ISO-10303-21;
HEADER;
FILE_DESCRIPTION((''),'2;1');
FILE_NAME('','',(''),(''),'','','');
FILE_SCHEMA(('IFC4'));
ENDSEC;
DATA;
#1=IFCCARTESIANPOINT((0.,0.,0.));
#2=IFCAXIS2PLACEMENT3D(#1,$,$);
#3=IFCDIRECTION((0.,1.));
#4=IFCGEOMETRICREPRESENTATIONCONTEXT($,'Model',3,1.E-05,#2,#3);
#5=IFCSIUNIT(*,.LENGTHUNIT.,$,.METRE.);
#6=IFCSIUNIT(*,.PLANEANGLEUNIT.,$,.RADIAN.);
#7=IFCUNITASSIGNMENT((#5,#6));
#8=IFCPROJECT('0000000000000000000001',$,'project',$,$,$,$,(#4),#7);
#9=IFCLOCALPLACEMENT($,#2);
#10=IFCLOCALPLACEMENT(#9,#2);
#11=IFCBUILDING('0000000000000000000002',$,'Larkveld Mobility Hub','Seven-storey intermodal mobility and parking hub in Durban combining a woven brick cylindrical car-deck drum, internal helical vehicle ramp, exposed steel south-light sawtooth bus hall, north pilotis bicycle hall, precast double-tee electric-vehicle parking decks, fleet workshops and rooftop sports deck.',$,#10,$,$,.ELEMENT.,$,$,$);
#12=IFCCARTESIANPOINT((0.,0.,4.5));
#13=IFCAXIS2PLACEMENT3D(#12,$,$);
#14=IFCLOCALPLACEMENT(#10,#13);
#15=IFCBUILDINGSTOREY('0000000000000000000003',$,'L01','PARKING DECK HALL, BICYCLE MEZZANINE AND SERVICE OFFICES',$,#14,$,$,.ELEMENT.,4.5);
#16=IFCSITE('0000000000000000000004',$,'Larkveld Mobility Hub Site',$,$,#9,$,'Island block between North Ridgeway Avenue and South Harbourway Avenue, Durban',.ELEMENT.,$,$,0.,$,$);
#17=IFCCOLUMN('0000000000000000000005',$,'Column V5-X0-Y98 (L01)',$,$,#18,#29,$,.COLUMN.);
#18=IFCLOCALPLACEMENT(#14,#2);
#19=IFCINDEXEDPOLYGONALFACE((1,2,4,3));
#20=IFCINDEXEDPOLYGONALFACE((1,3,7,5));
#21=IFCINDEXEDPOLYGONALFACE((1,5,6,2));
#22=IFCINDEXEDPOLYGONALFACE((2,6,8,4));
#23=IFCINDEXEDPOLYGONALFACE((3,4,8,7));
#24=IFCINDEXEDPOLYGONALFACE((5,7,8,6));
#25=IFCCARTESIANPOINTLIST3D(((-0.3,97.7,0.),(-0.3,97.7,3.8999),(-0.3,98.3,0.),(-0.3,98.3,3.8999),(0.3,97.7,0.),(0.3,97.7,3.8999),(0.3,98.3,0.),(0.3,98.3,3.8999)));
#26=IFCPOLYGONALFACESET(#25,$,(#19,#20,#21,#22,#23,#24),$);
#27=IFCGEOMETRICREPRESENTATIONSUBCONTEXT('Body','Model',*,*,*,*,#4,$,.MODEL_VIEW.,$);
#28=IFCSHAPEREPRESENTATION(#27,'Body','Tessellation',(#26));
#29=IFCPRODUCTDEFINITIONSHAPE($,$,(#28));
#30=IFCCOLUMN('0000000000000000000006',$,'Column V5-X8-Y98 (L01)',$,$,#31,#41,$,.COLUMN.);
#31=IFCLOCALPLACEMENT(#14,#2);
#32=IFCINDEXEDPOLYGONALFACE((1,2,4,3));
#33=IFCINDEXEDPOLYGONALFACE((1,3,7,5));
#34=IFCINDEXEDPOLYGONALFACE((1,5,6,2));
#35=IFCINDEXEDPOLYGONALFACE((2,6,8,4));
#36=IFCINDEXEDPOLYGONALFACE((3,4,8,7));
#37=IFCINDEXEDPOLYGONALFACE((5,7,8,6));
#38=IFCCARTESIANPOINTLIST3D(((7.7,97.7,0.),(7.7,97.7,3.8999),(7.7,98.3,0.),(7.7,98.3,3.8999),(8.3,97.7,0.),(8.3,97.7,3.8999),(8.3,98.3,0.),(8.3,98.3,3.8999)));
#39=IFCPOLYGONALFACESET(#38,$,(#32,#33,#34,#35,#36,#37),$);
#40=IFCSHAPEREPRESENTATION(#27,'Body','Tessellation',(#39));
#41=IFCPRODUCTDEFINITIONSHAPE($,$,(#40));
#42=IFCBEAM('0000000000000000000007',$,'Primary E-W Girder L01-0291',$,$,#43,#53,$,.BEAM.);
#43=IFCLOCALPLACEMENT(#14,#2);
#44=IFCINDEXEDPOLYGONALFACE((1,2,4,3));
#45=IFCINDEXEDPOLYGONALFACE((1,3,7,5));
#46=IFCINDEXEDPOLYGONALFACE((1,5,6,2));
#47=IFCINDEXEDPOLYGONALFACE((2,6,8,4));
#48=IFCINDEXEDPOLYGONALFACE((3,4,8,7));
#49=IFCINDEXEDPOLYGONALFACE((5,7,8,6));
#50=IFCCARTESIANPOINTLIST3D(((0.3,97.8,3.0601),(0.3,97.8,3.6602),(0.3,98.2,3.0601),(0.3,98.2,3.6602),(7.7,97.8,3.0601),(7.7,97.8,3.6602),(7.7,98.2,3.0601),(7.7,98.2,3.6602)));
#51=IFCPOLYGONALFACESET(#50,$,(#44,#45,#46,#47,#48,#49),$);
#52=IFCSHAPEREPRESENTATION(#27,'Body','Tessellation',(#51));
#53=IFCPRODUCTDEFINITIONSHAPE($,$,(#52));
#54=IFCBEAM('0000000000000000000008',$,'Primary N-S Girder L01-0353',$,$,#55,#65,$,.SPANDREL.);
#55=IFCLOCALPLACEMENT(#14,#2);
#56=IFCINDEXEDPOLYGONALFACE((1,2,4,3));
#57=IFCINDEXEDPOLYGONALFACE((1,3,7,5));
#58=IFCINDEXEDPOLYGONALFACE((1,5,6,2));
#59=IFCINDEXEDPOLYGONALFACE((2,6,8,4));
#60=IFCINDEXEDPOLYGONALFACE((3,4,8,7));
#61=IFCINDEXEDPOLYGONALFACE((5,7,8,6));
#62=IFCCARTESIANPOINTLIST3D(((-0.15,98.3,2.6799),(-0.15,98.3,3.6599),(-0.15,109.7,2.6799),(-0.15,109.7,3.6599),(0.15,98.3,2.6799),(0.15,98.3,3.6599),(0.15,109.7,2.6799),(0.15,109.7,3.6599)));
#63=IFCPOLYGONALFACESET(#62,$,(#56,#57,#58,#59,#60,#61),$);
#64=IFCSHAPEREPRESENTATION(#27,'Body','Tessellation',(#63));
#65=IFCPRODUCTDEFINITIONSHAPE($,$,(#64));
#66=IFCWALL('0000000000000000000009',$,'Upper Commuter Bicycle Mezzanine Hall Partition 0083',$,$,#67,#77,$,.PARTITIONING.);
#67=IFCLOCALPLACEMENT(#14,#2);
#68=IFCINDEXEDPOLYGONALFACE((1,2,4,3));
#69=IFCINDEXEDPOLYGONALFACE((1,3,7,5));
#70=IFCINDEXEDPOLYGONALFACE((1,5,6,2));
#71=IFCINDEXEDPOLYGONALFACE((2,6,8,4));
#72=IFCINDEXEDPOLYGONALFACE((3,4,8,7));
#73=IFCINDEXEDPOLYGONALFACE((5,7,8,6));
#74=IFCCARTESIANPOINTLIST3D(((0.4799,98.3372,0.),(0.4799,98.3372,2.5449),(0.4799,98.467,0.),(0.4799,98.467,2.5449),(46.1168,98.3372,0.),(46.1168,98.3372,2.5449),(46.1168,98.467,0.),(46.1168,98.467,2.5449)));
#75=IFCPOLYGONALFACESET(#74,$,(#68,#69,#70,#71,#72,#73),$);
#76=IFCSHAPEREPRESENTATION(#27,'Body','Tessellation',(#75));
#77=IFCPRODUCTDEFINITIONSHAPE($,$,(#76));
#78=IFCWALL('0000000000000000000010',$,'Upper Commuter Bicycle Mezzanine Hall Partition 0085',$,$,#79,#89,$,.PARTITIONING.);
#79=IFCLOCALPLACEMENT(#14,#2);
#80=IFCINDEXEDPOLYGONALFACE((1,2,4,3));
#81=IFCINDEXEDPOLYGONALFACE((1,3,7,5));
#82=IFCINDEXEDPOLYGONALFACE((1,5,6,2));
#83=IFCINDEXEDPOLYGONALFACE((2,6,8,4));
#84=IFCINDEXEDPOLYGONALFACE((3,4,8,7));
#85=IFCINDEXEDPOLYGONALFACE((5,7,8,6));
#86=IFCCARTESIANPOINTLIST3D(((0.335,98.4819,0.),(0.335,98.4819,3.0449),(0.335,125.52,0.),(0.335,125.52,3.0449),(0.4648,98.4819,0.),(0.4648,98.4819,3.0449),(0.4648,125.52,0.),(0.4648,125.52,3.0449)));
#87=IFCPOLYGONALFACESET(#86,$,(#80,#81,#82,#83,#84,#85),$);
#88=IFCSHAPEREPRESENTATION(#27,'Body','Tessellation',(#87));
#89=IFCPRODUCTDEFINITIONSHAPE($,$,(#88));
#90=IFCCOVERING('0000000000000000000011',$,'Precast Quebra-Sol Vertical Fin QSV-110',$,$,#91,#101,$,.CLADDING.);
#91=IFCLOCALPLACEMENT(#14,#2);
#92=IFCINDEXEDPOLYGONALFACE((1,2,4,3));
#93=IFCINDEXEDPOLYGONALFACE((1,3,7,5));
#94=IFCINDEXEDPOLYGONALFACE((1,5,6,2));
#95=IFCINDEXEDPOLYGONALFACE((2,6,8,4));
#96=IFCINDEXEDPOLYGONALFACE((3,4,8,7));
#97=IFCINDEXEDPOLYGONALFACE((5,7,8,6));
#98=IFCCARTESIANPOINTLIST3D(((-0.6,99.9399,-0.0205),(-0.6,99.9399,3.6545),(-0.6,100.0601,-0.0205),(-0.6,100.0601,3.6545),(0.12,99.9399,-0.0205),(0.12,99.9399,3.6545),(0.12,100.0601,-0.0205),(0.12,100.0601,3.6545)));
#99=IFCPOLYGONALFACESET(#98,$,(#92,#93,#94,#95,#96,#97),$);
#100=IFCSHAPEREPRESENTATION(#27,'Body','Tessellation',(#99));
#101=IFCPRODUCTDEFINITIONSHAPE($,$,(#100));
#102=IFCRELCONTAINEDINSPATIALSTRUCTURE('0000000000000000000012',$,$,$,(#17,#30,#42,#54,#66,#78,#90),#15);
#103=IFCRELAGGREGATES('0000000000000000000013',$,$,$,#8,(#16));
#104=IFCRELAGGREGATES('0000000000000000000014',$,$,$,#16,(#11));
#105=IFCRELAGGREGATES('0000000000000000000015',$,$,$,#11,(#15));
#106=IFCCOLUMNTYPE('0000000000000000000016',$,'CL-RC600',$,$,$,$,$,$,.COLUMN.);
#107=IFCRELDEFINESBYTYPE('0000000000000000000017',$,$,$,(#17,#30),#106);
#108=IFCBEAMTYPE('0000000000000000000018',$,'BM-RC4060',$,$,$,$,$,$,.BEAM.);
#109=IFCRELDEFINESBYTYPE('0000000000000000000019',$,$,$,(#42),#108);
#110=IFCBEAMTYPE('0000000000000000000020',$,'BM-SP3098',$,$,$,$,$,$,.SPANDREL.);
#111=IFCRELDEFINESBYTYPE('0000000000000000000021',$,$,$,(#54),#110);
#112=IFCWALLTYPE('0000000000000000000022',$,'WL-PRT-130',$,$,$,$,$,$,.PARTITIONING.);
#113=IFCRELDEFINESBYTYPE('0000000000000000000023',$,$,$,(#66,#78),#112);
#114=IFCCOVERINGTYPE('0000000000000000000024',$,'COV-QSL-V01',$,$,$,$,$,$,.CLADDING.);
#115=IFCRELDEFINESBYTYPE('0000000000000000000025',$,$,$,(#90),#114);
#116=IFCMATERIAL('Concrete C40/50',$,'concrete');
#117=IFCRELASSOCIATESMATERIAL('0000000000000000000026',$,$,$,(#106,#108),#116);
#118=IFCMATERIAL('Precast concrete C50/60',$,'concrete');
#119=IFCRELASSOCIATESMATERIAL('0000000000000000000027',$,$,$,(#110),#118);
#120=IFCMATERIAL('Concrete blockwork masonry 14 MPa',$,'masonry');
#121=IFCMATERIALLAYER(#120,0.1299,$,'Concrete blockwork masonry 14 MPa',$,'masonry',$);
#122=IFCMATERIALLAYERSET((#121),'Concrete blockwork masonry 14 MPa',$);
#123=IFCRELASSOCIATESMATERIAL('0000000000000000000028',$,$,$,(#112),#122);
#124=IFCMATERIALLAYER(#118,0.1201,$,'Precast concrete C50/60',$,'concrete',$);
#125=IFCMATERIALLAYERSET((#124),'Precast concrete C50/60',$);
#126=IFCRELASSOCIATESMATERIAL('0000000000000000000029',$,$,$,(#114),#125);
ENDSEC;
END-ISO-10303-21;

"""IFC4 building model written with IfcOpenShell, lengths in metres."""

from ifc_helpers import new_model, si_unit, direction, frame, frame_2d, origin, origin_2d, place, context, subcontext, project, spatial, rectangle, extrude, material, layer, layer_set, material_profile, profile_set, type_object, element, save


model = new_model("IFC4")

# Units and contexts
model_context = context("Model", 3, precision=1e-05, world=origin(), true_north=direction((0.0, 1.0)))
body_context = subcontext(model_context, "Body", "Model", "MODEL_VIEW")
ifc_project = project(units=[si_unit("LENGTHUNIT", "METRE"), si_unit("PLANEANGLEUNIT", "RADIAN")], contexts=[model_context])

# Site, building, storey
site_placement = place(None, origin())
site = spatial("IfcSite", under=ifc_project, at=site_placement, Name="Larkveld Mobility Hub Site", LongName="Island block between North Ridgeway Avenue and South Harbourway Avenue, Durban", CompositionType="ELEMENT", RefElevation=0.0)
building_placement = place(site_placement, origin())
building = spatial("IfcBuilding", under=site, at=building_placement, Name="Larkveld Mobility Hub", Description="Seven-storey intermodal mobility and parking hub in Durban combining a woven brick cylindrical car-deck drum, internal helical vehicle ramp, exposed steel south-light sawtooth bus hall, north pilotis bicycle hall, precast double-tee electric-vehicle parking decks, fleet workshops and rooftop sports deck.", CompositionType="ELEMENT")
storey_placement = place(building_placement, frame((0.0, 0.0, 4.5)))
storey = spatial("IfcBuildingStorey", under=building, at=storey_placement, Name="L01", Description="PARKING DECK HALL, BICYCLE MEZZANINE AND SERVICE OFFICES", CompositionType="ELEMENT", Elevation=4.5)

# Columns
ifc_material_1 = material(Name="Concrete C40/50", Category="concrete")
ifc_material_profile_1 = material_profile(ifc_material_1, rectangle(XDim=0.6001, YDim=0.6001, at=origin_2d()), Name="RC COL 600x600")
ifc_profile_set_1 = profile_set([ifc_material_profile_1], Name="Concrete C40/50")
column_type = type_object("IfcColumnType", Name="CL-RC600", PredefinedType="COLUMN", material=ifc_profile_set_1)
for number, where, z_axis, x_axis, name in (
    (1, (0.0, 98.0, 0.0), (0.0, 0.0, 1.0), (1.0, 0.0, 0.0), "Column V5-X0-Y98 (L01)"),
    (2, (8.0, 98.0, 0.0), (0.0, 0.0, 1.0), (1.0, 0.0, 0.0), "Column V5-X8-Y98 (L01)"),
):
    element("IfcColumn", number, at=place(storey_placement, frame(where, z_axis=z_axis, x_axis=x_axis)), inside=storey, type_object=column_type, Name=name, PredefinedType="COLUMN", context=body_context, shape_type="SweptSolid", body=[
        extrude(rectangle(XDim=0.6001, YDim=0.6001, at=origin_2d()), origin(), (0.0, 0.0, 1.0), 3.8999),
    ])

# Beams
ifc_material_profile_2 = material_profile(ifc_material_1, rectangle(XDim=0.3999, YDim=0.6001, at=origin_2d()), Name="RC BM 400x600")
ifc_profile_set_2 = profile_set([ifc_material_profile_2], Name="Concrete C40/50")
beam_type_1 = type_object("IfcBeamType", Name="BM-RC4060", PredefinedType="BEAM", material=ifc_profile_set_2)
beam_1_placement = place(storey_placement, frame((0.3, 98.0, 3.3601), z_axis=(1.0, 0.0, 0.0), x_axis=(0.0, 1.0, 0.0)))
element("IfcBeam", 3, at=beam_1_placement, inside=storey, type_object=beam_type_1, Name="Primary E-W Girder L01-0291", PredefinedType="BEAM", context=body_context, shape_type="SweptSolid", body=[
    extrude(rectangle(XDim=0.3999, YDim=0.6001, at=origin_2d()), origin(), (0.0, 0.0, 1.0), 7.3999),
])
ifc_material_2 = material(Name="Precast concrete C50/60", Category="concrete")
ifc_material_profile_3 = material_profile(ifc_material_2, rectangle(XDim=0.3, YDim=0.98, at=origin_2d()), Name="PC SP 300x980")
ifc_profile_set_3 = profile_set([ifc_material_profile_3], Name="Precast concrete C50/60")
beam_type_2 = type_object("IfcBeamType", Name="BM-SP3098", PredefinedType="SPANDREL", material=ifc_profile_set_3)
beam_2_placement = place(storey_placement, frame((0.0, 98.3, 3.1699), z_axis=(0.0, 1.0, 0.0), x_axis=(-1.0, 0.0, 0.0)))
element("IfcBeam", 4, at=beam_2_placement, inside=storey, type_object=beam_type_2, Name="Primary N-S Girder L01-0353", PredefinedType="SPANDREL", context=body_context, shape_type="SweptSolid", body=[
    extrude(rectangle(XDim=0.3, YDim=0.98, at=origin_2d()), origin(), (0.0, 0.0, 1.0), 11.3999),
])

# Walls
ifc_material_3 = material(Name="Concrete blockwork masonry 14 MPa", Category="masonry")
ifc_layer_1 = layer(ifc_material_3, 0.1299, Name="Concrete blockwork masonry 14 MPa", Category="masonry")
ifc_layer_set_1 = layer_set([ifc_layer_1], Name="Concrete blockwork masonry 14 MPa")
wall_type_1 = type_object("IfcWallType", Name="WL-PRT-130", PredefinedType="PARTITIONING", material=ifc_layer_set_1)
wall_1_placement = place(storey_placement, frame((0.48, 98.4021, 0.0), z_axis=(0.0, 0.0, 1.0), x_axis=(1.0, 0.0, 0.0)))
element("IfcWall", 5, at=wall_1_placement, inside=storey, type_object=wall_type_1, Name="Upper Commuter Bicycle Mezzanine Hall Partition 0083", PredefinedType="PARTITIONING", context=body_context, shape_type="SweptSolid", body=[
    extrude(rectangle(XDim=45.637, YDim=0.1299, at=frame_2d((22.8184, 0.0))), origin(), (0.0, 0.0, 1.0), 2.5449),
])
wall_2_placement = place(storey_placement, frame((0.3999, 98.4819, 0.0), z_axis=(0.0, 0.0, 1.0), x_axis=(0.0, 1.0, 0.0)))
element("IfcWall", 6, at=wall_2_placement, inside=storey, type_object=wall_type_1, Name="Upper Commuter Bicycle Mezzanine Hall Partition 0085", PredefinedType="PARTITIONING", context=body_context, shape_type="SweptSolid", body=[
    extrude(rectangle(XDim=27.0381, YDim=0.1299, at=frame_2d((13.519, 0.0))), origin(), (0.0, 0.0, 1.0), 3.0449),
])

# Covering
ifc_layer_2 = layer(ifc_material_2, 0.1201, Name="Precast concrete C50/60", Category="concrete")
ifc_layer_set_2 = layer_set([ifc_layer_2], Name="Precast concrete C50/60")
covering_type = type_object("IfcCoveringType", Name="COV-QSL-V01", PredefinedType="CLADDING", material=ifc_layer_set_2)
covering_placement = place(storey_placement, frame((-0.24, 100.0, -0.0205), z_axis=(0.0, 0.0, 1.0), x_axis=(0.0, -1.0, 0.0)))
element("IfcCovering", 7, at=covering_placement, inside=storey, type_object=covering_type, Name="Precast Quebra-Sol Vertical Fin QSV-110", PredefinedType="CLADDING", context=body_context, shape_type="SweptSolid", body=[
    extrude(rectangle(XDim=0.1201, YDim=0.72, at=origin_2d()), origin(), (0.0, 0.0, 1.0), 3.675),
])

save(model, "model.ifc")
